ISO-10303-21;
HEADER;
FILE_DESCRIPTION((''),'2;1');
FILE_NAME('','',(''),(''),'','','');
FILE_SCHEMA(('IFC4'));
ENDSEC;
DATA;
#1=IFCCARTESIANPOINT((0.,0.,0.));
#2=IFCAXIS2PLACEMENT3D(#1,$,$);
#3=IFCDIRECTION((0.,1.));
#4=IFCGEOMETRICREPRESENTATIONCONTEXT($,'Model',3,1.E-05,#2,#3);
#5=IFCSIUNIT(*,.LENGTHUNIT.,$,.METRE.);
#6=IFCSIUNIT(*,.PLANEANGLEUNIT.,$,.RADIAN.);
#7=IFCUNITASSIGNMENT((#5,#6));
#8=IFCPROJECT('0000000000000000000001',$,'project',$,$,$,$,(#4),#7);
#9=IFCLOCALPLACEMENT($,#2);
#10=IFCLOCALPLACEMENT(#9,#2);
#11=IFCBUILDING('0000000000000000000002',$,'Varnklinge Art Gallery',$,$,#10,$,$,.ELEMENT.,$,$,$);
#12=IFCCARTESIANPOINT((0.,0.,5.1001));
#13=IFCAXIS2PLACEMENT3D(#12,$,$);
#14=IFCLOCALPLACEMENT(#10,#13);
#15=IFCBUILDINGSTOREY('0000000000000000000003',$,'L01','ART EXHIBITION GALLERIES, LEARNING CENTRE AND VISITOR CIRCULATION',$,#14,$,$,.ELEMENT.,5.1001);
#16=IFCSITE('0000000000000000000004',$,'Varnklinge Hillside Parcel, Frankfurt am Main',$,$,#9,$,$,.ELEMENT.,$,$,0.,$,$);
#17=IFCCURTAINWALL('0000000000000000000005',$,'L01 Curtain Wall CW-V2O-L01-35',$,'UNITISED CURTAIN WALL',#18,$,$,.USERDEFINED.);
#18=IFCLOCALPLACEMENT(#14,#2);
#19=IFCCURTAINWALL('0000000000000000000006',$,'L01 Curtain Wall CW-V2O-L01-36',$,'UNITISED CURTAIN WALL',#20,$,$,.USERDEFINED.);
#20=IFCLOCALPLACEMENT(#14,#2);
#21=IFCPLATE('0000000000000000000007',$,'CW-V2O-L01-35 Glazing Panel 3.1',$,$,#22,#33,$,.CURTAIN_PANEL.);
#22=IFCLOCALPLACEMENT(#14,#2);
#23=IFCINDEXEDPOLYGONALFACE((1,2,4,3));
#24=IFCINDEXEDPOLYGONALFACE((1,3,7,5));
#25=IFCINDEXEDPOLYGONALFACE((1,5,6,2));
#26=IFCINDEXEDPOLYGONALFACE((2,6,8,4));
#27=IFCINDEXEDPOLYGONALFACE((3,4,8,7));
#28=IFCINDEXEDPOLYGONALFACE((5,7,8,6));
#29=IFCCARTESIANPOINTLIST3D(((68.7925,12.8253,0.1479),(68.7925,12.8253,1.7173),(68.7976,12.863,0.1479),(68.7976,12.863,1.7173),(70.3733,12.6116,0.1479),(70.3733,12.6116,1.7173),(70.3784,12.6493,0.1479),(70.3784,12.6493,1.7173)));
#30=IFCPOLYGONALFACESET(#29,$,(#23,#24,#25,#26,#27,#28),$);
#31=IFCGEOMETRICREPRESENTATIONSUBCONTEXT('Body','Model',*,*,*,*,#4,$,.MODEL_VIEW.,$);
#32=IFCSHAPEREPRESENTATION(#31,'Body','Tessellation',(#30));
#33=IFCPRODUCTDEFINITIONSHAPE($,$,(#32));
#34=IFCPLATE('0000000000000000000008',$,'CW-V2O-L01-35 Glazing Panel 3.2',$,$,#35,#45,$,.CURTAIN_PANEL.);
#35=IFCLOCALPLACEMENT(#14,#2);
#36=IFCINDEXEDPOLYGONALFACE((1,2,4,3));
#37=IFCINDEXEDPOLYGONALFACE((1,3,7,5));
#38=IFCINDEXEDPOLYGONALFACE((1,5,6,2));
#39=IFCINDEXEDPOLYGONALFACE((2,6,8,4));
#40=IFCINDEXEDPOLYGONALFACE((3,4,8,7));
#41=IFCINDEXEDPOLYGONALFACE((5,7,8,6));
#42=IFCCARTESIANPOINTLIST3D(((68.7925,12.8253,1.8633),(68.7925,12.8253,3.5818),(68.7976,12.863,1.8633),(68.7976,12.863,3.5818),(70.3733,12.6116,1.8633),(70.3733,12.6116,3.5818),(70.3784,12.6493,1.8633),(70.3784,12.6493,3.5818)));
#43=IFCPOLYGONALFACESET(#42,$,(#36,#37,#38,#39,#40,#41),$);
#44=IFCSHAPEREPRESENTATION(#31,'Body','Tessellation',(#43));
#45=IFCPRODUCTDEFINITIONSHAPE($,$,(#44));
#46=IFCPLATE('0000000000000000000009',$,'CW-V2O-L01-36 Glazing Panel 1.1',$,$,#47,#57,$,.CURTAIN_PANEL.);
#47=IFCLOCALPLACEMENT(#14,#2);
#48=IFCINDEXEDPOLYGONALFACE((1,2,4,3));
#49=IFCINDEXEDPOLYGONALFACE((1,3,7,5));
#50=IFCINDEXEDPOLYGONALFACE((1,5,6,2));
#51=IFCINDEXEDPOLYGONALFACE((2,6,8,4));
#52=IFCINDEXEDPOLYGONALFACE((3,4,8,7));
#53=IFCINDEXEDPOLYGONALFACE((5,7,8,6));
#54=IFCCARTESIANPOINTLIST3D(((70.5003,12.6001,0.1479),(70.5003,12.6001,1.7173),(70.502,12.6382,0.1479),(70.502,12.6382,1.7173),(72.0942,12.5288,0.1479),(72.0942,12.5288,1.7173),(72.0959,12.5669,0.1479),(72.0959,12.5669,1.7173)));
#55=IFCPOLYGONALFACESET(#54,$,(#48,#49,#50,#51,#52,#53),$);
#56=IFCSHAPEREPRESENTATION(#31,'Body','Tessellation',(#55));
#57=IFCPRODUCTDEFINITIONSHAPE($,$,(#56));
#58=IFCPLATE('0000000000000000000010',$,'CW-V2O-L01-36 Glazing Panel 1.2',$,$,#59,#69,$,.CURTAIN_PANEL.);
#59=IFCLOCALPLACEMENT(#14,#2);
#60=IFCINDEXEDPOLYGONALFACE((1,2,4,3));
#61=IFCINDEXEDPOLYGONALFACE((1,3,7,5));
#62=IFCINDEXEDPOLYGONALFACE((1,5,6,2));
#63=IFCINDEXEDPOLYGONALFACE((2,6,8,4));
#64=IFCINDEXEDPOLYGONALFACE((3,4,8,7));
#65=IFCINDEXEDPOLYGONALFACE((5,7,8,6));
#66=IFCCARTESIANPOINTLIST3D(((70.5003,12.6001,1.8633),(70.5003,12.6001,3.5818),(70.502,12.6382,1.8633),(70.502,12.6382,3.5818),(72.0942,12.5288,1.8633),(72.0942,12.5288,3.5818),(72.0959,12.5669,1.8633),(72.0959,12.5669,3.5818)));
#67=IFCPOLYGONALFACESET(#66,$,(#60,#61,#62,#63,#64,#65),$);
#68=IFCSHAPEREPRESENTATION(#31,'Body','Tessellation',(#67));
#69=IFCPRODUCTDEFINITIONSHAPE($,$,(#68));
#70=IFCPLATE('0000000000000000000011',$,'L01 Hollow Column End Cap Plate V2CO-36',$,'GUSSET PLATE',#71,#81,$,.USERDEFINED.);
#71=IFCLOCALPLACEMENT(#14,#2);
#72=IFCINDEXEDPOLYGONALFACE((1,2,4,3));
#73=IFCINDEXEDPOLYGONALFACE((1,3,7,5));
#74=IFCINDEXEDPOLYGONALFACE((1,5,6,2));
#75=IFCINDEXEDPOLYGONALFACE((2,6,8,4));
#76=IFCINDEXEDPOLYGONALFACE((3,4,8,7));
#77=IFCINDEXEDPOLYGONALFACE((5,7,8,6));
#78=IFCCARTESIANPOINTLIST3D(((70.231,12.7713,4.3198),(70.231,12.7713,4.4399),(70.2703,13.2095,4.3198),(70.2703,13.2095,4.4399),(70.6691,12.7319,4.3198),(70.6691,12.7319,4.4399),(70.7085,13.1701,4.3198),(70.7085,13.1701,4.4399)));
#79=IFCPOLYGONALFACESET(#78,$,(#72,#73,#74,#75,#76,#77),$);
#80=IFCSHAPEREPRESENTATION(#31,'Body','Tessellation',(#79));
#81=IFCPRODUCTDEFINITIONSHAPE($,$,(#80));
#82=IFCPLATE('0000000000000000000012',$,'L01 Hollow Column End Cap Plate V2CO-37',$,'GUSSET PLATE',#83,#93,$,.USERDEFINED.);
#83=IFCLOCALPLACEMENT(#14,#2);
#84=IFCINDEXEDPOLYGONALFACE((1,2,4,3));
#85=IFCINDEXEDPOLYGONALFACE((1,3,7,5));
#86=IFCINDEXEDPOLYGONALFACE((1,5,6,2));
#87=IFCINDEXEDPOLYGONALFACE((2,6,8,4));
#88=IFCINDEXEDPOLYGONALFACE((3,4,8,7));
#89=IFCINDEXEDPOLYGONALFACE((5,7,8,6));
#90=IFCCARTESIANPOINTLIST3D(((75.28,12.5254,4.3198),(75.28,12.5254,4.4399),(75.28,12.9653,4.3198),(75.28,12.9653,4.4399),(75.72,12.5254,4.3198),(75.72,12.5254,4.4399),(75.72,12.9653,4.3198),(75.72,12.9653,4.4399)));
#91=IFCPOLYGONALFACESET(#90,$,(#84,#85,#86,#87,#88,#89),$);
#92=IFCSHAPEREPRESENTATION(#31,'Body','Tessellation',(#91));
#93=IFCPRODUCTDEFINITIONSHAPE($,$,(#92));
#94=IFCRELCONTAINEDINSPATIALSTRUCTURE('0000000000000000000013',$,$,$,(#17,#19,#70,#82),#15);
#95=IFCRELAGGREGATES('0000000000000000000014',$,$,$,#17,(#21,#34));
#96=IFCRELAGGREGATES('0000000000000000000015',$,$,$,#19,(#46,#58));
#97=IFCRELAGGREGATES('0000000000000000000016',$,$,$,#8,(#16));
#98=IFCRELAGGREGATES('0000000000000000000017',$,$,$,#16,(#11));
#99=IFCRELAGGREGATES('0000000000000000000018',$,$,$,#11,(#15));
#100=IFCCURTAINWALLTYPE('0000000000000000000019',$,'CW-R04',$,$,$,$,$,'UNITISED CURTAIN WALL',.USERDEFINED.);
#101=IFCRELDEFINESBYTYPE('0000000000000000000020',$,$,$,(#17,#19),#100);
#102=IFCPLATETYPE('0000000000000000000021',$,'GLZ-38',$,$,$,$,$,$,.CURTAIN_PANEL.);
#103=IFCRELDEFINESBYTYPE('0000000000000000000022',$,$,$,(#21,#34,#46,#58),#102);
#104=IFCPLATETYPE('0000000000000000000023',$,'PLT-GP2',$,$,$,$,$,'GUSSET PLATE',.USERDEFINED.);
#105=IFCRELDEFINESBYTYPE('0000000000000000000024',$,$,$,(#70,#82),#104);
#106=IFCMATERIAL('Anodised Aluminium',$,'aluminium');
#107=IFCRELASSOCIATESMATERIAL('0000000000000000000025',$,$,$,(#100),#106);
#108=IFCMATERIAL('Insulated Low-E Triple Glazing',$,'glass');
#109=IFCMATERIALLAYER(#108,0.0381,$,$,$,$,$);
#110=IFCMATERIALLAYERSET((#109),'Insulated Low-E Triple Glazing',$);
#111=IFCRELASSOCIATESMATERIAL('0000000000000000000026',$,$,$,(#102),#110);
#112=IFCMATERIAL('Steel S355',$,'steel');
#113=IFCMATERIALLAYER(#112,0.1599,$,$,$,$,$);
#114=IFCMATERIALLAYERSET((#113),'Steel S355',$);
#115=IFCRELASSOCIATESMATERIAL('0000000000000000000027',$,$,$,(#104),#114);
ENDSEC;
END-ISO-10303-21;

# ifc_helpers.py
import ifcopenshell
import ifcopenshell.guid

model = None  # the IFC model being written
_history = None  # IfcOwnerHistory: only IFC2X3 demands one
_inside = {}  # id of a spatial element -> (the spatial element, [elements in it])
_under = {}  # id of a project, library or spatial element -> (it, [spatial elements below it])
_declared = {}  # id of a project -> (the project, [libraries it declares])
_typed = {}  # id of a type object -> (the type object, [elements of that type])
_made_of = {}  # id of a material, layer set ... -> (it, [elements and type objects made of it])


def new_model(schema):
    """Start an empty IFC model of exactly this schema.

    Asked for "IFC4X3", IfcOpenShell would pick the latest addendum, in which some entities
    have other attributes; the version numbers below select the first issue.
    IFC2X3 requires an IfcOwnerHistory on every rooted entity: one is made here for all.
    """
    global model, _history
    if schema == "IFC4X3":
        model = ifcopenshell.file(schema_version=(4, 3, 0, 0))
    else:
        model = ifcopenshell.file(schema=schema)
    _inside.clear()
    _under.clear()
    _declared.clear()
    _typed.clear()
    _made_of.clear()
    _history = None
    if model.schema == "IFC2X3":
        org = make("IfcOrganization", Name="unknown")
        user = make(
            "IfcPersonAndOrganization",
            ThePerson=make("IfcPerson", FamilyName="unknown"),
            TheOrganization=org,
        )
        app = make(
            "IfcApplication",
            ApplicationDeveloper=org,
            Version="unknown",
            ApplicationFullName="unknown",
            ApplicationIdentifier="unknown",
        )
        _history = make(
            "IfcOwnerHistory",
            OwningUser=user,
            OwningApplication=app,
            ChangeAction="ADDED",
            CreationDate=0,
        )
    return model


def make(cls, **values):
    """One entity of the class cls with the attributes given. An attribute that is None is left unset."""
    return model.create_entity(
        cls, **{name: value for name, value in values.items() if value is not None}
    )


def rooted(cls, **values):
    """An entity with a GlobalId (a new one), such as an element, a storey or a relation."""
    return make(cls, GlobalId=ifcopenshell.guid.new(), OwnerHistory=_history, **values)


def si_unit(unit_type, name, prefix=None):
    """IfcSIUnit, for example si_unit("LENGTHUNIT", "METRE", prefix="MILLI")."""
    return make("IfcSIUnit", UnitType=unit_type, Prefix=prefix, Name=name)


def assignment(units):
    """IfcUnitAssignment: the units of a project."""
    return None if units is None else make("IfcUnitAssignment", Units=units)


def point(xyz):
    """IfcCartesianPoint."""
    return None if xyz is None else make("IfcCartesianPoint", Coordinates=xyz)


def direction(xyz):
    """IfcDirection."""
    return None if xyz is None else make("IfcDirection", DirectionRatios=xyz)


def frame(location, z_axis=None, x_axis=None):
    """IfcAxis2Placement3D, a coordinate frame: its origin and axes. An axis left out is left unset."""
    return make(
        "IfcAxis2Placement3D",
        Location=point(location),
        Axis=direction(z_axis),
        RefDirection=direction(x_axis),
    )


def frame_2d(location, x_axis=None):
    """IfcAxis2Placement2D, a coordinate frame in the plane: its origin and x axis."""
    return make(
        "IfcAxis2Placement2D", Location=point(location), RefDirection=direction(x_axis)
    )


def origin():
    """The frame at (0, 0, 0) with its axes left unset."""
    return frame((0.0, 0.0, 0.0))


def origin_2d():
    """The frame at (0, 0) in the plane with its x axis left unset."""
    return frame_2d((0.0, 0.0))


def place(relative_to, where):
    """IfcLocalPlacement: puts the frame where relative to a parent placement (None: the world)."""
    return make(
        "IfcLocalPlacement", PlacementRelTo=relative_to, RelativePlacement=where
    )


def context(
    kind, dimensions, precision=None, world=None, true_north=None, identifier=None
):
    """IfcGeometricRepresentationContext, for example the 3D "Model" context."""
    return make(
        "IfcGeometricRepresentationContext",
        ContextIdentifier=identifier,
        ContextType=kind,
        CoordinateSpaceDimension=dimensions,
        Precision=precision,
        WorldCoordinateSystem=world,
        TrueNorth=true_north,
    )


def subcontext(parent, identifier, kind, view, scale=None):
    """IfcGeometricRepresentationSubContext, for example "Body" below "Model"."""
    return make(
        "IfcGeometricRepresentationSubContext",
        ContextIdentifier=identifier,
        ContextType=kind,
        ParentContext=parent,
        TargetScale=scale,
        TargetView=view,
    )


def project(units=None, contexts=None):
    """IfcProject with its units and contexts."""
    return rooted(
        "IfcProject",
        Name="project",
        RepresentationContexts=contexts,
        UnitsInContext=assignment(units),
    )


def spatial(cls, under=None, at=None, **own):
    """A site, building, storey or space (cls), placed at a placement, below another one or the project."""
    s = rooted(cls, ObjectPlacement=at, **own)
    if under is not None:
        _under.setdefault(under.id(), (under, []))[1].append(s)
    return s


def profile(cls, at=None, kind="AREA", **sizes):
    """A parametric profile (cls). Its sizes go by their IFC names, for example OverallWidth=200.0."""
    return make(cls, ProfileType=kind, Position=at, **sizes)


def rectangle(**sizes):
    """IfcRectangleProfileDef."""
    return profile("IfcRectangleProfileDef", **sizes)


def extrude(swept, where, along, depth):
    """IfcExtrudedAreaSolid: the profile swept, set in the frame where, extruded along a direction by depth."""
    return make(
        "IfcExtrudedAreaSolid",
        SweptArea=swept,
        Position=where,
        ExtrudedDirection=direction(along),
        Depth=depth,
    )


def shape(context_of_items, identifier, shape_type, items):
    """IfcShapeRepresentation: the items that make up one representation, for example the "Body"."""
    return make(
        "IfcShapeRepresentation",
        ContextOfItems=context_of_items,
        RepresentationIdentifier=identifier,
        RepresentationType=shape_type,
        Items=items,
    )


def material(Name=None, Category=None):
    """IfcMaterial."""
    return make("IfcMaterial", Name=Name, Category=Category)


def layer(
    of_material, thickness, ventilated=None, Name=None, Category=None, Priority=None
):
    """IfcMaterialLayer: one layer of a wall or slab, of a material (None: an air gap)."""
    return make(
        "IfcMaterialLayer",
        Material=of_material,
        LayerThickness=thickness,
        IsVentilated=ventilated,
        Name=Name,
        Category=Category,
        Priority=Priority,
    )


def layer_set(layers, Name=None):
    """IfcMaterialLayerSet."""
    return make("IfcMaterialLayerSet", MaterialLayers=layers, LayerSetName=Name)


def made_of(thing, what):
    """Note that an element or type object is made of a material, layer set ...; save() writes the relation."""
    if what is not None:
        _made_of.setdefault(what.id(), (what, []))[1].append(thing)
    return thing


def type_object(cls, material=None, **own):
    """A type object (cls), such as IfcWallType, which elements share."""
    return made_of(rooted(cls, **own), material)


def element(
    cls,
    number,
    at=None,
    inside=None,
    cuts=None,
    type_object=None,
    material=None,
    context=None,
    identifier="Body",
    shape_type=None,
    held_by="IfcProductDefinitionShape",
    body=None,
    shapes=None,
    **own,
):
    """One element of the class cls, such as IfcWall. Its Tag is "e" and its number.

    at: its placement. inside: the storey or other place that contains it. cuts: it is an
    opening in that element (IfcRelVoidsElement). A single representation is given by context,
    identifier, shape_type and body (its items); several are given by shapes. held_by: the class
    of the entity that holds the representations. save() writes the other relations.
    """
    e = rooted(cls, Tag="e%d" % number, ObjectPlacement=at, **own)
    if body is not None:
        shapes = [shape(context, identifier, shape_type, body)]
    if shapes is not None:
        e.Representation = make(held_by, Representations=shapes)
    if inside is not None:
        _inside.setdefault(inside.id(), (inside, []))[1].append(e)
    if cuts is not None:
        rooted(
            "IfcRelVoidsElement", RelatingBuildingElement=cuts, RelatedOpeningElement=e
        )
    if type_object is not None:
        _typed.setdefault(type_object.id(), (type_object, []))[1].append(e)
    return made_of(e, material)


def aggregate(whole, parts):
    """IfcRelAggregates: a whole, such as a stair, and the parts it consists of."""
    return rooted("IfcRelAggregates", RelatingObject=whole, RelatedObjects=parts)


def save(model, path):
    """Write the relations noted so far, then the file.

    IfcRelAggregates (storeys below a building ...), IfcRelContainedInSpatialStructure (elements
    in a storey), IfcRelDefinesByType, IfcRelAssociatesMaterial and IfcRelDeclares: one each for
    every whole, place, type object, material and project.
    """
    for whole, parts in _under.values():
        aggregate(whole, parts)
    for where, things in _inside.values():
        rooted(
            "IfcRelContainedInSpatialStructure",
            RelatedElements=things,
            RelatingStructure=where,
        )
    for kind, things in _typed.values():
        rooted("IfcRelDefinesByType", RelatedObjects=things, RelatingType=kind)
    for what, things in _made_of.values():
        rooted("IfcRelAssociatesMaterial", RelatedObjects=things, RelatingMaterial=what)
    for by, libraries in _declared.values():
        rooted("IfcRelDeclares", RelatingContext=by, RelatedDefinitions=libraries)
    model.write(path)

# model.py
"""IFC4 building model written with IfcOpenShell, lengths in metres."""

from ifc_helpers import new_model, si_unit, direction, frame, origin, origin_2d, place, context, subcontext, project, spatial, rectangle, extrude, material, layer, layer_set, type_object, element, aggregate, save


model = new_model("IFC4")

# Units and contexts
model_context = context("Model", 3, precision=1e-05, world=origin(), true_north=direction((0.0, 1.0)))
body_context = subcontext(model_context, "Body", "Model", "MODEL_VIEW")
ifc_project = project(units=[si_unit("LENGTHUNIT", "METRE"), si_unit("PLANEANGLEUNIT", "RADIAN")], contexts=[model_context])

# Site, building, storey
site_placement = place(None, origin())
site = spatial("IfcSite", under=ifc_project, at=site_placement, Name="Varnklinge Hillside Parcel, Frankfurt am Main", CompositionType="ELEMENT", RefElevation=0.0)
building_placement = place(site_placement, origin())
building = spatial("IfcBuilding", under=site, at=building_placement, Name="Varnklinge Art Gallery", CompositionType="ELEMENT")
storey_placement = place(building_placement, frame((0.0, 0.0, 5.1001)))
storey = spatial("IfcBuildingStorey", under=building, at=storey_placement, Name="L01", Description="ART EXHIBITION GALLERIES, LEARNING CENTRE AND VISITOR CIRCULATION", CompositionType="ELEMENT", Elevation=5.1001)

# Curtain walls
ifc_material_1 = material(Name="Anodised Aluminium", Category="aluminium")
curtain_wall_type = type_object("IfcCurtainWallType", Name="CW-R04", ElementType="UNITISED CURTAIN WALL", PredefinedType="USERDEFINED", material=ifc_material_1)
curtain_wall_1_placement = place(storey_placement, origin())
curtain_wall_1 = element("IfcCurtainWall", 1, at=curtain_wall_1_placement, inside=storey, type_object=curtain_wall_type, Name="L01 Curtain Wall CW-V2O-L01-35", ObjectType="UNITISED CURTAIN WALL", PredefinedType="USERDEFINED")
curtain_wall_2_placement = place(storey_placement, origin())
curtain_wall_2 = element("IfcCurtainWall", 2, at=curtain_wall_2_placement, inside=storey, type_object=curtain_wall_type, Name="L01 Curtain Wall CW-V2O-L01-36", ObjectType="UNITISED CURTAIN WALL", PredefinedType="USERDEFINED")

# Plates
ifc_material_2 = material(Name="Insulated Low-E Triple Glazing", Category="glass")
ifc_layer_1 = layer(ifc_material_2, 0.0381)
ifc_layer_set_1 = layer_set([ifc_layer_1], Name="Insulated Low-E Triple Glazing")
plate_type_1 = type_object("IfcPlateType", Name="GLZ-38", PredefinedType="CURTAIN_PANEL", material=ifc_layer_set_1)
plate_1_placement = place(storey_placement, frame((69.5854, 12.7373, 0.1479), z_axis=(0.0, 0.0, 1.0), x_axis=(0.990983, -0.133986, 0.0)))
plate_1 = element("IfcPlate", 3, at=plate_1_placement, type_object=plate_type_1, Name="CW-V2O-L01-35 Glazing Panel 3.1", PredefinedType="CURTAIN_PANEL", context=body_context, shape_type="SweptSolid", body=[
    extrude(rectangle(XDim=1.5952, YDim=0.0381, at=origin_2d()), origin(), (0.0, 0.0, 1.0), 1.5693),
])
plate_2_placement = place(storey_placement, frame((69.5854, 12.7373, 1.8633), z_axis=(0.0, 0.0, 1.0), x_axis=(0.990983, -0.133986, 0.0)))
plate_2 = element("IfcPlate", 4, at=plate_2_placement, type_object=plate_type_1, Name="CW-V2O-L01-35 Glazing Panel 3.2", PredefinedType="CURTAIN_PANEL", context=body_context, shape_type="SweptSolid", body=[
    extrude(rectangle(XDim=1.5952, YDim=0.0381, at=origin_2d()), origin(), (0.0, 0.0, 1.0), 1.7185),
])
aggregate(curtain_wall_1, [plate_1, plate_2])
plate_3_placement = place(storey_placement, frame((71.2981, 12.5835, 0.1479), z_axis=(0.0, 0.0, 1.0), x_axis=(0.999002, -0.044666, 0.0)))
plate_3 = element("IfcPlate", 5, at=plate_3_placement, type_object=plate_type_1, Name="CW-V2O-L01-36 Glazing Panel 1.1", PredefinedType="CURTAIN_PANEL", context=body_context, shape_type="SweptSolid", body=[
    extrude(rectangle(XDim=1.5955, YDim=0.0381, at=origin_2d()), origin(), (0.0, 0.0, 1.0), 1.5693),
])
plate_4_placement = place(storey_placement, frame((71.2981, 12.5835, 1.8633), z_axis=(0.0, 0.0, 1.0), x_axis=(0.999002, -0.044666, 0.0)))
plate_4 = element("IfcPlate", 6, at=plate_4_placement, type_object=plate_type_1, Name="CW-V2O-L01-36 Glazing Panel 1.2", PredefinedType="CURTAIN_PANEL", context=body_context, shape_type="SweptSolid", body=[
    extrude(rectangle(XDim=1.5955, YDim=0.0381, at=origin_2d()), origin(), (0.0, 0.0, 1.0), 1.7185),
])
aggregate(curtain_wall_2, [plate_3, plate_4])

# Plates
ifc_material_3 = material(Name="Steel S355", Category="steel")
ifc_layer_2 = layer(ifc_material_3, 0.1599)
ifc_layer_set_2 = layer_set([ifc_layer_2], Name="Steel S355")
plate_type_2 = type_object("IfcPlateType", Name="PLT-GP2", ElementType="GUSSET PLATE", PredefinedType="USERDEFINED", material=ifc_layer_set_2)
for number, where, z_axis, x_axis, name in (
    (7, (70.4697, 12.9707, 4.3198), (0.0, 0.0, 1.0), (0.089416, 0.995994, 0.0), "L01 Hollow Column End Cap Plate V2CO-36"),
    (8, (75.5, 12.7454, 4.3198), (0.0, 0.0, 1.0), (0.0, 1.0, 0.0), "L01 Hollow Column End Cap Plate V2CO-37"),
):
    element("IfcPlate", number, at=place(storey_placement, frame(where, z_axis=z_axis, x_axis=x_axis)), inside=storey, type_object=plate_type_2, Name=name, ObjectType="GUSSET PLATE", PredefinedType="USERDEFINED", context=body_context, shape_type="SweptSolid", body=[
        extrude(rectangle(XDim=0.4399, YDim=0.4399, at=origin_2d()), origin(), (0.0, 0.0, 1.0), 0.1201),
    ])

save(model, "model.ifc")
